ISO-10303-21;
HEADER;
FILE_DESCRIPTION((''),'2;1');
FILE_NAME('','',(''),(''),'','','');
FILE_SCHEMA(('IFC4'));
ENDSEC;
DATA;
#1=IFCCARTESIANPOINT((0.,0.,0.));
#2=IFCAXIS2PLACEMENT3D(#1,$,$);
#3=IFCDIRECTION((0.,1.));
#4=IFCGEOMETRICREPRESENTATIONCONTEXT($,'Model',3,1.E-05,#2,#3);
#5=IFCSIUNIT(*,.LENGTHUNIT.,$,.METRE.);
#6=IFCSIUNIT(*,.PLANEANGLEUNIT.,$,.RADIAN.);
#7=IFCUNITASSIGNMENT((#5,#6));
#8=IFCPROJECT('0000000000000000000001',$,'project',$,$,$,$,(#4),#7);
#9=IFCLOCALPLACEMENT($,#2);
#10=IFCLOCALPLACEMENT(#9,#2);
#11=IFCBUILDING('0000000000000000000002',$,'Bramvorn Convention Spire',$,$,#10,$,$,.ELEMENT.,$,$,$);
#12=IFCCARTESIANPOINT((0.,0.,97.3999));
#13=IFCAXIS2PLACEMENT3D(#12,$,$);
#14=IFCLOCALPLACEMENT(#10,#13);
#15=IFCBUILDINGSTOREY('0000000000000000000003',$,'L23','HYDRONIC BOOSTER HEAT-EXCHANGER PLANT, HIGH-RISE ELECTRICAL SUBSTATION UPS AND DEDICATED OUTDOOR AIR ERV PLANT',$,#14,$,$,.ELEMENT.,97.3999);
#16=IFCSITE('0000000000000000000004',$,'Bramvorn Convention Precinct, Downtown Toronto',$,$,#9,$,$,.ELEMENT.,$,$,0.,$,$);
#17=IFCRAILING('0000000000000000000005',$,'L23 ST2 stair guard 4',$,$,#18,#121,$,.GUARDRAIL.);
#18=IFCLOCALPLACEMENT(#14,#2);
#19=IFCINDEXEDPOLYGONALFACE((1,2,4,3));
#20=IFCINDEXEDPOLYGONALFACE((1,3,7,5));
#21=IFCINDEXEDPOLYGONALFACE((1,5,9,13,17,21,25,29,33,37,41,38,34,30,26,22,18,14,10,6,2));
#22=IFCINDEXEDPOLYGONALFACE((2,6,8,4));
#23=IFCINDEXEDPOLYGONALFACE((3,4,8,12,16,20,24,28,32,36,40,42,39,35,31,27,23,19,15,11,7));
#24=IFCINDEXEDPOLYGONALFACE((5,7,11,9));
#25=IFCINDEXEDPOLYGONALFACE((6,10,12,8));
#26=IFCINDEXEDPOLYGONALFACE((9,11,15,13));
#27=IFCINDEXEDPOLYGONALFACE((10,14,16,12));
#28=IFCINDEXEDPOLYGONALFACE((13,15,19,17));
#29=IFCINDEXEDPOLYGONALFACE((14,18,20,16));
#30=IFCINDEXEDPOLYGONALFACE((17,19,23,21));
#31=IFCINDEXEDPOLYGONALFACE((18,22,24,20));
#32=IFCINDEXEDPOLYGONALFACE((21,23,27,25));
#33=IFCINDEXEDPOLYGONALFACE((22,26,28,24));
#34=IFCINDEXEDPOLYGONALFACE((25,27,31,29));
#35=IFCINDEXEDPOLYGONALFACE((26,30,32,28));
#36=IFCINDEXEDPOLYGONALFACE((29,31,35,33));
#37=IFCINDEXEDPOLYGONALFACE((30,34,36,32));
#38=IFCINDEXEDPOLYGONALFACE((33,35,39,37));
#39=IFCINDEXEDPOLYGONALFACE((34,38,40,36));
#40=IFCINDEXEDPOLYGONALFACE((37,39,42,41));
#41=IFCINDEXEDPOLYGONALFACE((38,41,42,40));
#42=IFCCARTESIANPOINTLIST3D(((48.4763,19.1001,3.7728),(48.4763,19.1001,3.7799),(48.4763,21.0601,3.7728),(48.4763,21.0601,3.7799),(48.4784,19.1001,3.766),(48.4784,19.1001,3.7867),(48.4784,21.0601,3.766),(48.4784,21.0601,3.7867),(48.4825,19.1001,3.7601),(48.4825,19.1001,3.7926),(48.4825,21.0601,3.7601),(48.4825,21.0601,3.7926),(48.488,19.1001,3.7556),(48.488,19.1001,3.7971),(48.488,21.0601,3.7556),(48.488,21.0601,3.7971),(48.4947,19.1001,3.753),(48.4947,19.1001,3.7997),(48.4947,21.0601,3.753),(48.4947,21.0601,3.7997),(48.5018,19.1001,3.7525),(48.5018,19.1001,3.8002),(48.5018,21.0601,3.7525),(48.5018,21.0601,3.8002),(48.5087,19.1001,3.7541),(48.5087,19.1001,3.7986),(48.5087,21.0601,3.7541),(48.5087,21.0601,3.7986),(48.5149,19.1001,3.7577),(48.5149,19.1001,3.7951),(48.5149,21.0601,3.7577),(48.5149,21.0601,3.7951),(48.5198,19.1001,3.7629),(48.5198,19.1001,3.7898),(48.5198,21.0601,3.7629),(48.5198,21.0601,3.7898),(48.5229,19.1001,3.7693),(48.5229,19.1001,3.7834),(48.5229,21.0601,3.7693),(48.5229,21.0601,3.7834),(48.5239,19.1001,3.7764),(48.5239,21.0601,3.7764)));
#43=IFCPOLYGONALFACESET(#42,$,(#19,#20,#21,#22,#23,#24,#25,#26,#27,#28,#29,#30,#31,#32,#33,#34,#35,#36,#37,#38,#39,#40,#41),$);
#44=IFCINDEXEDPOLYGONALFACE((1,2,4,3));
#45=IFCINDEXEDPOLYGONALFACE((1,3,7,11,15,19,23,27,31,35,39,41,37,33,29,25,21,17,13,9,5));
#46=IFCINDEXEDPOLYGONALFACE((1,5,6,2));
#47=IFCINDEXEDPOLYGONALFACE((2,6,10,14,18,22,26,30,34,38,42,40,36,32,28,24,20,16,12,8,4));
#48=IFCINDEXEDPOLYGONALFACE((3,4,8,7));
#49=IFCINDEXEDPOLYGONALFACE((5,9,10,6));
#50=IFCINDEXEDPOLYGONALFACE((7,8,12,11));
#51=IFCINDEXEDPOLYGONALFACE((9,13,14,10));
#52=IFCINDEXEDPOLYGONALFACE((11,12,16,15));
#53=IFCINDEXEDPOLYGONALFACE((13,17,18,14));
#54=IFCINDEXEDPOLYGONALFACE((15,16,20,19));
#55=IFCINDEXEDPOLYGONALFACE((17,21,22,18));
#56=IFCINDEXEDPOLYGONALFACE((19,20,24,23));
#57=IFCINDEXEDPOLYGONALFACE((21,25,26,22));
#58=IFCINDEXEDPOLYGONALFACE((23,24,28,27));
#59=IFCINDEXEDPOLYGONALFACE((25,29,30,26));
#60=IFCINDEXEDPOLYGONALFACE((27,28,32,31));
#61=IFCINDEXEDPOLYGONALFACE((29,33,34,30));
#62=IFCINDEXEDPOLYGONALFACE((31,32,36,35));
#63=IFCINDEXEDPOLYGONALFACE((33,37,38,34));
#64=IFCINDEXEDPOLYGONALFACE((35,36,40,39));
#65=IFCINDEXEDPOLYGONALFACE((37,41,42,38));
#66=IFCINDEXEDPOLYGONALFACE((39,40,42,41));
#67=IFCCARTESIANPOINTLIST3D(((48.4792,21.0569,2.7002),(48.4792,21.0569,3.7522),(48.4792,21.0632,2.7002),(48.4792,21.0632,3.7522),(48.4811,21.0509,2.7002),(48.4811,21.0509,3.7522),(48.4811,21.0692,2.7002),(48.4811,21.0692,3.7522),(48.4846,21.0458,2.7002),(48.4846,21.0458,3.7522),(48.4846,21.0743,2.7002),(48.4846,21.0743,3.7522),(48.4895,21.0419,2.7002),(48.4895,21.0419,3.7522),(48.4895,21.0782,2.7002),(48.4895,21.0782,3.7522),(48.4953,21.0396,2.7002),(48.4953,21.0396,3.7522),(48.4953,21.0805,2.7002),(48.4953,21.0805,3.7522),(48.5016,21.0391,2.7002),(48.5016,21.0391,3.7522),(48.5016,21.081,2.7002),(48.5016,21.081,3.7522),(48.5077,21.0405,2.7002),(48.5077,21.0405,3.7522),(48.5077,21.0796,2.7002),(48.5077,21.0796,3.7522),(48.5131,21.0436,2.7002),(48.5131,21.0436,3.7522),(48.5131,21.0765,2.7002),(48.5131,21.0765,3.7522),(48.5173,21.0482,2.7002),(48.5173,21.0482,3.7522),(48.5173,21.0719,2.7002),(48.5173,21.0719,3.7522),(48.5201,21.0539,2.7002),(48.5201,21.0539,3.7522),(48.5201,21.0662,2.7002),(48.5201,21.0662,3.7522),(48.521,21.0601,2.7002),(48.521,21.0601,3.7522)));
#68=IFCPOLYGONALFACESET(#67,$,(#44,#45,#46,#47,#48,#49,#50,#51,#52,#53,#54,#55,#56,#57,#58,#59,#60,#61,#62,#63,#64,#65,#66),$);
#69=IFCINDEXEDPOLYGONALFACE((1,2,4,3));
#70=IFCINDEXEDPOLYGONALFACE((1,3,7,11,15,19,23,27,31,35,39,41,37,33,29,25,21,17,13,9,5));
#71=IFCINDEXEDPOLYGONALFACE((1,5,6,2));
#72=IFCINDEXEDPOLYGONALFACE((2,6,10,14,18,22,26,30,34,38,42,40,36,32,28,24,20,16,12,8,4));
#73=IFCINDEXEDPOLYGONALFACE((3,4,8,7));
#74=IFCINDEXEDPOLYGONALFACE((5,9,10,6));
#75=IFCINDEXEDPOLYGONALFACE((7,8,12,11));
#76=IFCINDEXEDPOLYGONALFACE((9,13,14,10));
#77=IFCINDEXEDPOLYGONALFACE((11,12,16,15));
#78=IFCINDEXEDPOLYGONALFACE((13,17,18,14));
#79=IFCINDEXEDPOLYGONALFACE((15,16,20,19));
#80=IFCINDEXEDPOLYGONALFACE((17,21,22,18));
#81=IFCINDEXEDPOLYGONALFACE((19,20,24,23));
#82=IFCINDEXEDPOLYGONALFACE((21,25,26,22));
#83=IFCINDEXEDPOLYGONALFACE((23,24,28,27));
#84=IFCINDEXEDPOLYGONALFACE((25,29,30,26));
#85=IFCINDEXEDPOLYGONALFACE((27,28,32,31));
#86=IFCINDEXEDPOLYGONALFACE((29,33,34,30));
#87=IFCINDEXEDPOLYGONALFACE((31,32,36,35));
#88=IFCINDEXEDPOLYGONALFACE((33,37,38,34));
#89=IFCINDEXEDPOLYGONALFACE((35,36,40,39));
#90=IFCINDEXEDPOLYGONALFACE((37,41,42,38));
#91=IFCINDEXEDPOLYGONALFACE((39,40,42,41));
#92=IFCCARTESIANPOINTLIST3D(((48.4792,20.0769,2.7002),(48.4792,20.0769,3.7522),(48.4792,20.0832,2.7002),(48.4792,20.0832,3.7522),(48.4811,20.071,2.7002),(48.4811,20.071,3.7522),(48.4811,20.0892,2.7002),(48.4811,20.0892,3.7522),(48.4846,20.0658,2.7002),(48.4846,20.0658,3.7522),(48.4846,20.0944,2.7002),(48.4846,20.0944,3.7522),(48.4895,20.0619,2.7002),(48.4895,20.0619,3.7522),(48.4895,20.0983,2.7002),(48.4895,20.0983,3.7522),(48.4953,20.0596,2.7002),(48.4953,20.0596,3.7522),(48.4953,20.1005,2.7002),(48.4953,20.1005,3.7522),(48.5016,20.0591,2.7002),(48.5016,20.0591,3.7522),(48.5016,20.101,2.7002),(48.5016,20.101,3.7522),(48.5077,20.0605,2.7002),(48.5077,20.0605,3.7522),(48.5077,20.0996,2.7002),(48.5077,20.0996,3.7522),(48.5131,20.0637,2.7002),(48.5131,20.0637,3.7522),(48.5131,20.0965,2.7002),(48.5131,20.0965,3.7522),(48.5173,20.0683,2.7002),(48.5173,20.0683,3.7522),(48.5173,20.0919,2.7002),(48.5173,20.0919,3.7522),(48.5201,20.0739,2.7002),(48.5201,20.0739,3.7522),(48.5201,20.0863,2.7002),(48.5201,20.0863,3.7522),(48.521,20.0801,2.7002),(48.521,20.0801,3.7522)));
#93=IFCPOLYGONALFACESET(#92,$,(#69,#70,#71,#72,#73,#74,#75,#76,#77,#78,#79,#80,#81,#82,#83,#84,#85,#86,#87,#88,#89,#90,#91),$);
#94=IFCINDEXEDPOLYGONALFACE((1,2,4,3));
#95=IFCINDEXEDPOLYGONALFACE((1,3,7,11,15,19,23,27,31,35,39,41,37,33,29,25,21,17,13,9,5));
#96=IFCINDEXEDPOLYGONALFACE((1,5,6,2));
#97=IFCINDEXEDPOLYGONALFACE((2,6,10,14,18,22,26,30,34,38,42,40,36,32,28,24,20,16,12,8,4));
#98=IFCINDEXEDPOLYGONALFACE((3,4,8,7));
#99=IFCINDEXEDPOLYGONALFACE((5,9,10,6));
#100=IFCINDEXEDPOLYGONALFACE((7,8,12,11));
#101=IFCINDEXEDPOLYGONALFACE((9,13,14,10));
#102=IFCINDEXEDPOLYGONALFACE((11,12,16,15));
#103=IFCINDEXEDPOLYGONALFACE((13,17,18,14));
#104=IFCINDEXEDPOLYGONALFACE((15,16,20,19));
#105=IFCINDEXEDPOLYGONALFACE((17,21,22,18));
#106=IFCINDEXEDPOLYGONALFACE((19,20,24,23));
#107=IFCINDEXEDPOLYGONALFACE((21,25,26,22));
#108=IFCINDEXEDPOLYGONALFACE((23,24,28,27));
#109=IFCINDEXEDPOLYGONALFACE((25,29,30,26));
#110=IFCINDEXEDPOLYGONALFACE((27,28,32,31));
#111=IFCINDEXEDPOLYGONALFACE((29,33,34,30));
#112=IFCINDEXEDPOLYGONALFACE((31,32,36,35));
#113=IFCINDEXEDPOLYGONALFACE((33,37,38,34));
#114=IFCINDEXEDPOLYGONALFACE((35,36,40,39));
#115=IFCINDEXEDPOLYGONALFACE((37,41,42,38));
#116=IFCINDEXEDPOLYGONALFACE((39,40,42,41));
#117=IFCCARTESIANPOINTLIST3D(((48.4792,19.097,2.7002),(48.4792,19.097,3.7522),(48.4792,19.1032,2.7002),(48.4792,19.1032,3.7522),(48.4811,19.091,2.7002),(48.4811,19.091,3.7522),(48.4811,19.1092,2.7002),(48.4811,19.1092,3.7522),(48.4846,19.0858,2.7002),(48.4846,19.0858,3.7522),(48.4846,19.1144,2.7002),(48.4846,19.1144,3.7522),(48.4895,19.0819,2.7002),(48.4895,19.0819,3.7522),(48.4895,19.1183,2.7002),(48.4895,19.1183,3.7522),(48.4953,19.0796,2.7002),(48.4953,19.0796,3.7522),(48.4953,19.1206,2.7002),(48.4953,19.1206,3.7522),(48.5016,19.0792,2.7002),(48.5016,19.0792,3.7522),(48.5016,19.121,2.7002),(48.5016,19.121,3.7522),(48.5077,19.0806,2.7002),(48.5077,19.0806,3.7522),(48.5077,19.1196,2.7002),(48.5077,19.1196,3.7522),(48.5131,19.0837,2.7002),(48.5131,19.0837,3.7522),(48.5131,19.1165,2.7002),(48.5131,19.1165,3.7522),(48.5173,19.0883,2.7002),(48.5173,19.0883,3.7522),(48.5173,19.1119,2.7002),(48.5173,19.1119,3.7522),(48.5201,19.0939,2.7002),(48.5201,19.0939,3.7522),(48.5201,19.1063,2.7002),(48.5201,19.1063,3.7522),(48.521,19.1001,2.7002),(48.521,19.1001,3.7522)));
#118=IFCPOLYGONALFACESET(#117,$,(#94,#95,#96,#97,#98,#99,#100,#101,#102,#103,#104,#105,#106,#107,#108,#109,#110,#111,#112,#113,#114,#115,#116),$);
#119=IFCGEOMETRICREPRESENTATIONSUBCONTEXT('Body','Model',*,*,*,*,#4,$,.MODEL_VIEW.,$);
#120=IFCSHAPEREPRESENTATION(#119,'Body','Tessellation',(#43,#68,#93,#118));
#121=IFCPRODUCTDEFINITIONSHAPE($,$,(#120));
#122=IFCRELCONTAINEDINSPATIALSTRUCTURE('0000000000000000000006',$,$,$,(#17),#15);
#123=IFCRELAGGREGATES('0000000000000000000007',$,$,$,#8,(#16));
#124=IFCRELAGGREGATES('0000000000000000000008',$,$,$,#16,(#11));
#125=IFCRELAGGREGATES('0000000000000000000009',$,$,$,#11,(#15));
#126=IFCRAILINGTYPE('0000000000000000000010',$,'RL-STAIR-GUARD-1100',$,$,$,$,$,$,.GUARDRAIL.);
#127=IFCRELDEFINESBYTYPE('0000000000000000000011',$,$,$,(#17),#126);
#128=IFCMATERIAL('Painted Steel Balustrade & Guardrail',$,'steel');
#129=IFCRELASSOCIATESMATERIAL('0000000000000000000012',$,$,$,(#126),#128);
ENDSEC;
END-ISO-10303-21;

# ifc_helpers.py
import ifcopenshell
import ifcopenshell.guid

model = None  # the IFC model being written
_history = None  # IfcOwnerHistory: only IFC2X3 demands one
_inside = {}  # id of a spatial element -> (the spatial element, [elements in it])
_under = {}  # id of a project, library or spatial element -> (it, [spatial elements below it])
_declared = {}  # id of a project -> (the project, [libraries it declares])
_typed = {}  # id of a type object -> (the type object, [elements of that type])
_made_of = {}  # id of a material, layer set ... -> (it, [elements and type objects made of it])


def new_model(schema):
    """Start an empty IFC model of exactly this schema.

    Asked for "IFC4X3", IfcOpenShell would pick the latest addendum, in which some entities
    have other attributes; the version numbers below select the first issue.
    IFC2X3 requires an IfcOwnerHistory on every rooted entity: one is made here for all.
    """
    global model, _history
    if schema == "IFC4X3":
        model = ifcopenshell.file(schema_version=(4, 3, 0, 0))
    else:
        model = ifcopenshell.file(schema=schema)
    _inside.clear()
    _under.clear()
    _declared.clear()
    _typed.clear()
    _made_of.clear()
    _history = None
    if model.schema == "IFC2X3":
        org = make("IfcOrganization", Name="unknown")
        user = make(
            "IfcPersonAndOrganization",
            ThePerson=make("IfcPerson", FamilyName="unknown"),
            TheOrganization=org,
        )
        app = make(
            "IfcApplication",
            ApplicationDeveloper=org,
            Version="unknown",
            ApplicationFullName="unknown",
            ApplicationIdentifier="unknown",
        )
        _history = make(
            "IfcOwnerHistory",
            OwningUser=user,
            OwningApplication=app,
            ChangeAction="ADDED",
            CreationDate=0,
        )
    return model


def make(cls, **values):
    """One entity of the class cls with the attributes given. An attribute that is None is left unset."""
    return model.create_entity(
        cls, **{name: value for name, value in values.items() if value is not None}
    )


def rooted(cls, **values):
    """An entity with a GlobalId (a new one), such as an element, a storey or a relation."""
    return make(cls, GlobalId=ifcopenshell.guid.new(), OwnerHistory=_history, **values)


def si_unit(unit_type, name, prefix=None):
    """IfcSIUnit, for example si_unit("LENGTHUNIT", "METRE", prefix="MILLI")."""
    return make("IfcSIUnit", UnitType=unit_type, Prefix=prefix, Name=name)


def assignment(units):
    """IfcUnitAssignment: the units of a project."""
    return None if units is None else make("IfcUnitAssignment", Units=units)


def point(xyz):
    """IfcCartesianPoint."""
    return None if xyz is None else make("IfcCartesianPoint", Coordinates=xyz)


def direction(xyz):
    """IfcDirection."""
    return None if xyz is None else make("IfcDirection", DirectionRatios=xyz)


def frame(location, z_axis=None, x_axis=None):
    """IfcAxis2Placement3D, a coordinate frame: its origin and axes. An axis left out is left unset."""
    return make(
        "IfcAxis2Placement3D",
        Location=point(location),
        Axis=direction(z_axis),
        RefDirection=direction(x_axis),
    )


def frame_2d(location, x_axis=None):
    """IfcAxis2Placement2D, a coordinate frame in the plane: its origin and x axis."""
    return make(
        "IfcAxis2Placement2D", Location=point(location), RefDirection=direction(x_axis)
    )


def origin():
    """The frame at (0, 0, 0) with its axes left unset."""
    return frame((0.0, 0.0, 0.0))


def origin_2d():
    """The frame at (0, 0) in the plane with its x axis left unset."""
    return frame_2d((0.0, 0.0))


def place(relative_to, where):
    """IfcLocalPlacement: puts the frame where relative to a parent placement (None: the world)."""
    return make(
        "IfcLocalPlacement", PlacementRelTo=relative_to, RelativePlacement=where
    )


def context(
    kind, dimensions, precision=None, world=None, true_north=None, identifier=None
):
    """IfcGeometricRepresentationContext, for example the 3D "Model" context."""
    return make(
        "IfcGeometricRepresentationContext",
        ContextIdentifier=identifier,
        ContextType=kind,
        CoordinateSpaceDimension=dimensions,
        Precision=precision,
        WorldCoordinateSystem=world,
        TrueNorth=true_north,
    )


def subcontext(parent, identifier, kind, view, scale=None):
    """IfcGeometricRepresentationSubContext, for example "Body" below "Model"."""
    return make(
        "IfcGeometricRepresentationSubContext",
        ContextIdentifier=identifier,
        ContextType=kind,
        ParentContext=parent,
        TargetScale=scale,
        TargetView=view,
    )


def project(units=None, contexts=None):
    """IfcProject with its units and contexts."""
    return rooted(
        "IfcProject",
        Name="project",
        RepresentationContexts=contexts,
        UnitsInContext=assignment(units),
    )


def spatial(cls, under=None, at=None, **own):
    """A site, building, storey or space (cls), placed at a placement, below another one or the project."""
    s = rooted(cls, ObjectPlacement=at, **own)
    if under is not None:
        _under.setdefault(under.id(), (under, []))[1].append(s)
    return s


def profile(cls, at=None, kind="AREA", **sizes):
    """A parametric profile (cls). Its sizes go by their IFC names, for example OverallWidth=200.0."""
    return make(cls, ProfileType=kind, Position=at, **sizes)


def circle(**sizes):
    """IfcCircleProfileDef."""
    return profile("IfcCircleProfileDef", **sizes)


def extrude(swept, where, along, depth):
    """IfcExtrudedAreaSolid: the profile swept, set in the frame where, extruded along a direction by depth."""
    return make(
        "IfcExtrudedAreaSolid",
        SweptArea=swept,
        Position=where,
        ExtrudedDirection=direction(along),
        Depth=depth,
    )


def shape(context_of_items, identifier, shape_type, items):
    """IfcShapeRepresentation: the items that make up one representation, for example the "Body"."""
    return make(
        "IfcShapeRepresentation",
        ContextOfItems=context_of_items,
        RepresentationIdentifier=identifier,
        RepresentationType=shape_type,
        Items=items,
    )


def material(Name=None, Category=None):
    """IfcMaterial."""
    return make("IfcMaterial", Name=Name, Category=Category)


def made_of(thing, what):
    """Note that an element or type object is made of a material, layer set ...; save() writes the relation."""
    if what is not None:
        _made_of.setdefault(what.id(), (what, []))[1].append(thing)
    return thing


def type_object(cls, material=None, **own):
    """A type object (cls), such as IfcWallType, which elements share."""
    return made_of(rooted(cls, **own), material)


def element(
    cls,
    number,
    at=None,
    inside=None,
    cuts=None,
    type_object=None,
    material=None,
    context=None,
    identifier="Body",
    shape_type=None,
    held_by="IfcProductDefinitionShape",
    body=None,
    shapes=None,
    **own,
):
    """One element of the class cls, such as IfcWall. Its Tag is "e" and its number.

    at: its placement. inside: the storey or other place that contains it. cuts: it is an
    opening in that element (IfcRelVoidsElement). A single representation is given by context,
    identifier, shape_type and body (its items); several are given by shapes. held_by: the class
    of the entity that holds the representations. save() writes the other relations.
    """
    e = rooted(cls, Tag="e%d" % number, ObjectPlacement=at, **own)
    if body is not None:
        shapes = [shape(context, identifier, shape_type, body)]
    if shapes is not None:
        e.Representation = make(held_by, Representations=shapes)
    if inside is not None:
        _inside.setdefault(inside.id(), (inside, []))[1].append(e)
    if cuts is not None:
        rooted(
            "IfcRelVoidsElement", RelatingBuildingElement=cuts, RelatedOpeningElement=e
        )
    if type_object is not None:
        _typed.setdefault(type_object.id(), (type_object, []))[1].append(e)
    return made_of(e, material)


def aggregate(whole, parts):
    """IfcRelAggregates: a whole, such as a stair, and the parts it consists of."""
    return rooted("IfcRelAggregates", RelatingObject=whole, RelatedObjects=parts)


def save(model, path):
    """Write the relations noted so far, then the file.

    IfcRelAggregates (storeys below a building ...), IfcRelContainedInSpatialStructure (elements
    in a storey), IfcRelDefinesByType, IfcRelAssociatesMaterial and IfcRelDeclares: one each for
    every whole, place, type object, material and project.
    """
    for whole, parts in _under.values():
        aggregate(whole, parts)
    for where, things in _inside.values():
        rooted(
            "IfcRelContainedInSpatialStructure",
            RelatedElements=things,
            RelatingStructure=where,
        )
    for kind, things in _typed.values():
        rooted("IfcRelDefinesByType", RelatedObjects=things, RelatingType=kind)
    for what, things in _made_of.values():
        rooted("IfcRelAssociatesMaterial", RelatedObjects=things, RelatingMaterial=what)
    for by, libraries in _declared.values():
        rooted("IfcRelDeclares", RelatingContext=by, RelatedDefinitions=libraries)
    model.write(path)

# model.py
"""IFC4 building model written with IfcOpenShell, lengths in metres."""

from ifc_helpers import new_model, si_unit, direction, frame, origin, origin_2d, place, context, subcontext, project, spatial, circle, extrude, material, type_object, element, save


model = new_model("IFC4")

# Units and contexts
model_context = context("Model", 3, precision=1e-05, world=origin(), true_north=direction((0.0, 1.0)))
body_context = subcontext(model_context, "Body", "Model", "MODEL_VIEW")
ifc_project = project(units=[si_unit("LENGTHUNIT", "METRE"), si_unit("PLANEANGLEUNIT", "RADIAN")], contexts=[model_context])

# Site, building, storey
site_placement = place(None, origin())
site = spatial("IfcSite", under=ifc_project, at=site_placement, Name="Bramvorn Convention Precinct, Downtown Toronto", CompositionType="ELEMENT", RefElevation=0.0)
building_placement = place(site_placement, origin())
building = spatial("IfcBuilding", under=site, at=building_placement, Name="Bramvorn Convention Spire", CompositionType="ELEMENT")
storey_placement = place(building_placement, frame((0.0, 0.0, 97.3999)))
storey = spatial("IfcBuildingStorey", under=building, at=storey_placement, Name="L23", Description="HYDRONIC BOOSTER HEAT-EXCHANGER PLANT, HIGH-RISE ELECTRICAL SUBSTATION UPS AND DEDICATED OUTDOOR AIR ERV PLANT", CompositionType="ELEMENT", Elevation=97.3999)

# Railing
ifc_material_1 = material(Name="Painted Steel Balustrade & Guardrail", Category="steel")
railing_type_1 = type_object("IfcRailingType", Name="RL-STAIR-GUARD-1100", PredefinedType="GUARDRAIL", material=ifc_material_1)
for number, where, name in (
    (1, (48.5, 21.0601, 2.7002), "L23 ST2 stair guard 4"),
):
    element("IfcRailing", number, at=place(storey_placement, frame(where)), inside=storey, type_object=railing_type_1, Name=name, PredefinedType="GUARDRAIL", context=body_context, shape_type="SweptSolid", body=[
        extrude(circle(Radius=0.0239, at=origin_2d()), frame((0.0, 0.0, 1.0762), z_axis=(0.0, -1.0, 0.0), x_axis=(1.0, 0.0, 0.0)), (0.0, 0.0, 1.0), 1.96),
        extrude(circle(Radius=0.021, at=origin_2d()), origin(), (0.0, 0.0, 1.0), 1.052),
        extrude(circle(Radius=0.021, at=origin_2d()), frame((0.0, -0.98, 0.0)), (0.0, 0.0, 1.0), 1.052),
        extrude(circle(Radius=0.021, at=origin_2d()), frame((0.0, -1.96, 0.0)), (0.0, 0.0, 1.0), 1.052),
    ])

save(model, "model.ifc")
